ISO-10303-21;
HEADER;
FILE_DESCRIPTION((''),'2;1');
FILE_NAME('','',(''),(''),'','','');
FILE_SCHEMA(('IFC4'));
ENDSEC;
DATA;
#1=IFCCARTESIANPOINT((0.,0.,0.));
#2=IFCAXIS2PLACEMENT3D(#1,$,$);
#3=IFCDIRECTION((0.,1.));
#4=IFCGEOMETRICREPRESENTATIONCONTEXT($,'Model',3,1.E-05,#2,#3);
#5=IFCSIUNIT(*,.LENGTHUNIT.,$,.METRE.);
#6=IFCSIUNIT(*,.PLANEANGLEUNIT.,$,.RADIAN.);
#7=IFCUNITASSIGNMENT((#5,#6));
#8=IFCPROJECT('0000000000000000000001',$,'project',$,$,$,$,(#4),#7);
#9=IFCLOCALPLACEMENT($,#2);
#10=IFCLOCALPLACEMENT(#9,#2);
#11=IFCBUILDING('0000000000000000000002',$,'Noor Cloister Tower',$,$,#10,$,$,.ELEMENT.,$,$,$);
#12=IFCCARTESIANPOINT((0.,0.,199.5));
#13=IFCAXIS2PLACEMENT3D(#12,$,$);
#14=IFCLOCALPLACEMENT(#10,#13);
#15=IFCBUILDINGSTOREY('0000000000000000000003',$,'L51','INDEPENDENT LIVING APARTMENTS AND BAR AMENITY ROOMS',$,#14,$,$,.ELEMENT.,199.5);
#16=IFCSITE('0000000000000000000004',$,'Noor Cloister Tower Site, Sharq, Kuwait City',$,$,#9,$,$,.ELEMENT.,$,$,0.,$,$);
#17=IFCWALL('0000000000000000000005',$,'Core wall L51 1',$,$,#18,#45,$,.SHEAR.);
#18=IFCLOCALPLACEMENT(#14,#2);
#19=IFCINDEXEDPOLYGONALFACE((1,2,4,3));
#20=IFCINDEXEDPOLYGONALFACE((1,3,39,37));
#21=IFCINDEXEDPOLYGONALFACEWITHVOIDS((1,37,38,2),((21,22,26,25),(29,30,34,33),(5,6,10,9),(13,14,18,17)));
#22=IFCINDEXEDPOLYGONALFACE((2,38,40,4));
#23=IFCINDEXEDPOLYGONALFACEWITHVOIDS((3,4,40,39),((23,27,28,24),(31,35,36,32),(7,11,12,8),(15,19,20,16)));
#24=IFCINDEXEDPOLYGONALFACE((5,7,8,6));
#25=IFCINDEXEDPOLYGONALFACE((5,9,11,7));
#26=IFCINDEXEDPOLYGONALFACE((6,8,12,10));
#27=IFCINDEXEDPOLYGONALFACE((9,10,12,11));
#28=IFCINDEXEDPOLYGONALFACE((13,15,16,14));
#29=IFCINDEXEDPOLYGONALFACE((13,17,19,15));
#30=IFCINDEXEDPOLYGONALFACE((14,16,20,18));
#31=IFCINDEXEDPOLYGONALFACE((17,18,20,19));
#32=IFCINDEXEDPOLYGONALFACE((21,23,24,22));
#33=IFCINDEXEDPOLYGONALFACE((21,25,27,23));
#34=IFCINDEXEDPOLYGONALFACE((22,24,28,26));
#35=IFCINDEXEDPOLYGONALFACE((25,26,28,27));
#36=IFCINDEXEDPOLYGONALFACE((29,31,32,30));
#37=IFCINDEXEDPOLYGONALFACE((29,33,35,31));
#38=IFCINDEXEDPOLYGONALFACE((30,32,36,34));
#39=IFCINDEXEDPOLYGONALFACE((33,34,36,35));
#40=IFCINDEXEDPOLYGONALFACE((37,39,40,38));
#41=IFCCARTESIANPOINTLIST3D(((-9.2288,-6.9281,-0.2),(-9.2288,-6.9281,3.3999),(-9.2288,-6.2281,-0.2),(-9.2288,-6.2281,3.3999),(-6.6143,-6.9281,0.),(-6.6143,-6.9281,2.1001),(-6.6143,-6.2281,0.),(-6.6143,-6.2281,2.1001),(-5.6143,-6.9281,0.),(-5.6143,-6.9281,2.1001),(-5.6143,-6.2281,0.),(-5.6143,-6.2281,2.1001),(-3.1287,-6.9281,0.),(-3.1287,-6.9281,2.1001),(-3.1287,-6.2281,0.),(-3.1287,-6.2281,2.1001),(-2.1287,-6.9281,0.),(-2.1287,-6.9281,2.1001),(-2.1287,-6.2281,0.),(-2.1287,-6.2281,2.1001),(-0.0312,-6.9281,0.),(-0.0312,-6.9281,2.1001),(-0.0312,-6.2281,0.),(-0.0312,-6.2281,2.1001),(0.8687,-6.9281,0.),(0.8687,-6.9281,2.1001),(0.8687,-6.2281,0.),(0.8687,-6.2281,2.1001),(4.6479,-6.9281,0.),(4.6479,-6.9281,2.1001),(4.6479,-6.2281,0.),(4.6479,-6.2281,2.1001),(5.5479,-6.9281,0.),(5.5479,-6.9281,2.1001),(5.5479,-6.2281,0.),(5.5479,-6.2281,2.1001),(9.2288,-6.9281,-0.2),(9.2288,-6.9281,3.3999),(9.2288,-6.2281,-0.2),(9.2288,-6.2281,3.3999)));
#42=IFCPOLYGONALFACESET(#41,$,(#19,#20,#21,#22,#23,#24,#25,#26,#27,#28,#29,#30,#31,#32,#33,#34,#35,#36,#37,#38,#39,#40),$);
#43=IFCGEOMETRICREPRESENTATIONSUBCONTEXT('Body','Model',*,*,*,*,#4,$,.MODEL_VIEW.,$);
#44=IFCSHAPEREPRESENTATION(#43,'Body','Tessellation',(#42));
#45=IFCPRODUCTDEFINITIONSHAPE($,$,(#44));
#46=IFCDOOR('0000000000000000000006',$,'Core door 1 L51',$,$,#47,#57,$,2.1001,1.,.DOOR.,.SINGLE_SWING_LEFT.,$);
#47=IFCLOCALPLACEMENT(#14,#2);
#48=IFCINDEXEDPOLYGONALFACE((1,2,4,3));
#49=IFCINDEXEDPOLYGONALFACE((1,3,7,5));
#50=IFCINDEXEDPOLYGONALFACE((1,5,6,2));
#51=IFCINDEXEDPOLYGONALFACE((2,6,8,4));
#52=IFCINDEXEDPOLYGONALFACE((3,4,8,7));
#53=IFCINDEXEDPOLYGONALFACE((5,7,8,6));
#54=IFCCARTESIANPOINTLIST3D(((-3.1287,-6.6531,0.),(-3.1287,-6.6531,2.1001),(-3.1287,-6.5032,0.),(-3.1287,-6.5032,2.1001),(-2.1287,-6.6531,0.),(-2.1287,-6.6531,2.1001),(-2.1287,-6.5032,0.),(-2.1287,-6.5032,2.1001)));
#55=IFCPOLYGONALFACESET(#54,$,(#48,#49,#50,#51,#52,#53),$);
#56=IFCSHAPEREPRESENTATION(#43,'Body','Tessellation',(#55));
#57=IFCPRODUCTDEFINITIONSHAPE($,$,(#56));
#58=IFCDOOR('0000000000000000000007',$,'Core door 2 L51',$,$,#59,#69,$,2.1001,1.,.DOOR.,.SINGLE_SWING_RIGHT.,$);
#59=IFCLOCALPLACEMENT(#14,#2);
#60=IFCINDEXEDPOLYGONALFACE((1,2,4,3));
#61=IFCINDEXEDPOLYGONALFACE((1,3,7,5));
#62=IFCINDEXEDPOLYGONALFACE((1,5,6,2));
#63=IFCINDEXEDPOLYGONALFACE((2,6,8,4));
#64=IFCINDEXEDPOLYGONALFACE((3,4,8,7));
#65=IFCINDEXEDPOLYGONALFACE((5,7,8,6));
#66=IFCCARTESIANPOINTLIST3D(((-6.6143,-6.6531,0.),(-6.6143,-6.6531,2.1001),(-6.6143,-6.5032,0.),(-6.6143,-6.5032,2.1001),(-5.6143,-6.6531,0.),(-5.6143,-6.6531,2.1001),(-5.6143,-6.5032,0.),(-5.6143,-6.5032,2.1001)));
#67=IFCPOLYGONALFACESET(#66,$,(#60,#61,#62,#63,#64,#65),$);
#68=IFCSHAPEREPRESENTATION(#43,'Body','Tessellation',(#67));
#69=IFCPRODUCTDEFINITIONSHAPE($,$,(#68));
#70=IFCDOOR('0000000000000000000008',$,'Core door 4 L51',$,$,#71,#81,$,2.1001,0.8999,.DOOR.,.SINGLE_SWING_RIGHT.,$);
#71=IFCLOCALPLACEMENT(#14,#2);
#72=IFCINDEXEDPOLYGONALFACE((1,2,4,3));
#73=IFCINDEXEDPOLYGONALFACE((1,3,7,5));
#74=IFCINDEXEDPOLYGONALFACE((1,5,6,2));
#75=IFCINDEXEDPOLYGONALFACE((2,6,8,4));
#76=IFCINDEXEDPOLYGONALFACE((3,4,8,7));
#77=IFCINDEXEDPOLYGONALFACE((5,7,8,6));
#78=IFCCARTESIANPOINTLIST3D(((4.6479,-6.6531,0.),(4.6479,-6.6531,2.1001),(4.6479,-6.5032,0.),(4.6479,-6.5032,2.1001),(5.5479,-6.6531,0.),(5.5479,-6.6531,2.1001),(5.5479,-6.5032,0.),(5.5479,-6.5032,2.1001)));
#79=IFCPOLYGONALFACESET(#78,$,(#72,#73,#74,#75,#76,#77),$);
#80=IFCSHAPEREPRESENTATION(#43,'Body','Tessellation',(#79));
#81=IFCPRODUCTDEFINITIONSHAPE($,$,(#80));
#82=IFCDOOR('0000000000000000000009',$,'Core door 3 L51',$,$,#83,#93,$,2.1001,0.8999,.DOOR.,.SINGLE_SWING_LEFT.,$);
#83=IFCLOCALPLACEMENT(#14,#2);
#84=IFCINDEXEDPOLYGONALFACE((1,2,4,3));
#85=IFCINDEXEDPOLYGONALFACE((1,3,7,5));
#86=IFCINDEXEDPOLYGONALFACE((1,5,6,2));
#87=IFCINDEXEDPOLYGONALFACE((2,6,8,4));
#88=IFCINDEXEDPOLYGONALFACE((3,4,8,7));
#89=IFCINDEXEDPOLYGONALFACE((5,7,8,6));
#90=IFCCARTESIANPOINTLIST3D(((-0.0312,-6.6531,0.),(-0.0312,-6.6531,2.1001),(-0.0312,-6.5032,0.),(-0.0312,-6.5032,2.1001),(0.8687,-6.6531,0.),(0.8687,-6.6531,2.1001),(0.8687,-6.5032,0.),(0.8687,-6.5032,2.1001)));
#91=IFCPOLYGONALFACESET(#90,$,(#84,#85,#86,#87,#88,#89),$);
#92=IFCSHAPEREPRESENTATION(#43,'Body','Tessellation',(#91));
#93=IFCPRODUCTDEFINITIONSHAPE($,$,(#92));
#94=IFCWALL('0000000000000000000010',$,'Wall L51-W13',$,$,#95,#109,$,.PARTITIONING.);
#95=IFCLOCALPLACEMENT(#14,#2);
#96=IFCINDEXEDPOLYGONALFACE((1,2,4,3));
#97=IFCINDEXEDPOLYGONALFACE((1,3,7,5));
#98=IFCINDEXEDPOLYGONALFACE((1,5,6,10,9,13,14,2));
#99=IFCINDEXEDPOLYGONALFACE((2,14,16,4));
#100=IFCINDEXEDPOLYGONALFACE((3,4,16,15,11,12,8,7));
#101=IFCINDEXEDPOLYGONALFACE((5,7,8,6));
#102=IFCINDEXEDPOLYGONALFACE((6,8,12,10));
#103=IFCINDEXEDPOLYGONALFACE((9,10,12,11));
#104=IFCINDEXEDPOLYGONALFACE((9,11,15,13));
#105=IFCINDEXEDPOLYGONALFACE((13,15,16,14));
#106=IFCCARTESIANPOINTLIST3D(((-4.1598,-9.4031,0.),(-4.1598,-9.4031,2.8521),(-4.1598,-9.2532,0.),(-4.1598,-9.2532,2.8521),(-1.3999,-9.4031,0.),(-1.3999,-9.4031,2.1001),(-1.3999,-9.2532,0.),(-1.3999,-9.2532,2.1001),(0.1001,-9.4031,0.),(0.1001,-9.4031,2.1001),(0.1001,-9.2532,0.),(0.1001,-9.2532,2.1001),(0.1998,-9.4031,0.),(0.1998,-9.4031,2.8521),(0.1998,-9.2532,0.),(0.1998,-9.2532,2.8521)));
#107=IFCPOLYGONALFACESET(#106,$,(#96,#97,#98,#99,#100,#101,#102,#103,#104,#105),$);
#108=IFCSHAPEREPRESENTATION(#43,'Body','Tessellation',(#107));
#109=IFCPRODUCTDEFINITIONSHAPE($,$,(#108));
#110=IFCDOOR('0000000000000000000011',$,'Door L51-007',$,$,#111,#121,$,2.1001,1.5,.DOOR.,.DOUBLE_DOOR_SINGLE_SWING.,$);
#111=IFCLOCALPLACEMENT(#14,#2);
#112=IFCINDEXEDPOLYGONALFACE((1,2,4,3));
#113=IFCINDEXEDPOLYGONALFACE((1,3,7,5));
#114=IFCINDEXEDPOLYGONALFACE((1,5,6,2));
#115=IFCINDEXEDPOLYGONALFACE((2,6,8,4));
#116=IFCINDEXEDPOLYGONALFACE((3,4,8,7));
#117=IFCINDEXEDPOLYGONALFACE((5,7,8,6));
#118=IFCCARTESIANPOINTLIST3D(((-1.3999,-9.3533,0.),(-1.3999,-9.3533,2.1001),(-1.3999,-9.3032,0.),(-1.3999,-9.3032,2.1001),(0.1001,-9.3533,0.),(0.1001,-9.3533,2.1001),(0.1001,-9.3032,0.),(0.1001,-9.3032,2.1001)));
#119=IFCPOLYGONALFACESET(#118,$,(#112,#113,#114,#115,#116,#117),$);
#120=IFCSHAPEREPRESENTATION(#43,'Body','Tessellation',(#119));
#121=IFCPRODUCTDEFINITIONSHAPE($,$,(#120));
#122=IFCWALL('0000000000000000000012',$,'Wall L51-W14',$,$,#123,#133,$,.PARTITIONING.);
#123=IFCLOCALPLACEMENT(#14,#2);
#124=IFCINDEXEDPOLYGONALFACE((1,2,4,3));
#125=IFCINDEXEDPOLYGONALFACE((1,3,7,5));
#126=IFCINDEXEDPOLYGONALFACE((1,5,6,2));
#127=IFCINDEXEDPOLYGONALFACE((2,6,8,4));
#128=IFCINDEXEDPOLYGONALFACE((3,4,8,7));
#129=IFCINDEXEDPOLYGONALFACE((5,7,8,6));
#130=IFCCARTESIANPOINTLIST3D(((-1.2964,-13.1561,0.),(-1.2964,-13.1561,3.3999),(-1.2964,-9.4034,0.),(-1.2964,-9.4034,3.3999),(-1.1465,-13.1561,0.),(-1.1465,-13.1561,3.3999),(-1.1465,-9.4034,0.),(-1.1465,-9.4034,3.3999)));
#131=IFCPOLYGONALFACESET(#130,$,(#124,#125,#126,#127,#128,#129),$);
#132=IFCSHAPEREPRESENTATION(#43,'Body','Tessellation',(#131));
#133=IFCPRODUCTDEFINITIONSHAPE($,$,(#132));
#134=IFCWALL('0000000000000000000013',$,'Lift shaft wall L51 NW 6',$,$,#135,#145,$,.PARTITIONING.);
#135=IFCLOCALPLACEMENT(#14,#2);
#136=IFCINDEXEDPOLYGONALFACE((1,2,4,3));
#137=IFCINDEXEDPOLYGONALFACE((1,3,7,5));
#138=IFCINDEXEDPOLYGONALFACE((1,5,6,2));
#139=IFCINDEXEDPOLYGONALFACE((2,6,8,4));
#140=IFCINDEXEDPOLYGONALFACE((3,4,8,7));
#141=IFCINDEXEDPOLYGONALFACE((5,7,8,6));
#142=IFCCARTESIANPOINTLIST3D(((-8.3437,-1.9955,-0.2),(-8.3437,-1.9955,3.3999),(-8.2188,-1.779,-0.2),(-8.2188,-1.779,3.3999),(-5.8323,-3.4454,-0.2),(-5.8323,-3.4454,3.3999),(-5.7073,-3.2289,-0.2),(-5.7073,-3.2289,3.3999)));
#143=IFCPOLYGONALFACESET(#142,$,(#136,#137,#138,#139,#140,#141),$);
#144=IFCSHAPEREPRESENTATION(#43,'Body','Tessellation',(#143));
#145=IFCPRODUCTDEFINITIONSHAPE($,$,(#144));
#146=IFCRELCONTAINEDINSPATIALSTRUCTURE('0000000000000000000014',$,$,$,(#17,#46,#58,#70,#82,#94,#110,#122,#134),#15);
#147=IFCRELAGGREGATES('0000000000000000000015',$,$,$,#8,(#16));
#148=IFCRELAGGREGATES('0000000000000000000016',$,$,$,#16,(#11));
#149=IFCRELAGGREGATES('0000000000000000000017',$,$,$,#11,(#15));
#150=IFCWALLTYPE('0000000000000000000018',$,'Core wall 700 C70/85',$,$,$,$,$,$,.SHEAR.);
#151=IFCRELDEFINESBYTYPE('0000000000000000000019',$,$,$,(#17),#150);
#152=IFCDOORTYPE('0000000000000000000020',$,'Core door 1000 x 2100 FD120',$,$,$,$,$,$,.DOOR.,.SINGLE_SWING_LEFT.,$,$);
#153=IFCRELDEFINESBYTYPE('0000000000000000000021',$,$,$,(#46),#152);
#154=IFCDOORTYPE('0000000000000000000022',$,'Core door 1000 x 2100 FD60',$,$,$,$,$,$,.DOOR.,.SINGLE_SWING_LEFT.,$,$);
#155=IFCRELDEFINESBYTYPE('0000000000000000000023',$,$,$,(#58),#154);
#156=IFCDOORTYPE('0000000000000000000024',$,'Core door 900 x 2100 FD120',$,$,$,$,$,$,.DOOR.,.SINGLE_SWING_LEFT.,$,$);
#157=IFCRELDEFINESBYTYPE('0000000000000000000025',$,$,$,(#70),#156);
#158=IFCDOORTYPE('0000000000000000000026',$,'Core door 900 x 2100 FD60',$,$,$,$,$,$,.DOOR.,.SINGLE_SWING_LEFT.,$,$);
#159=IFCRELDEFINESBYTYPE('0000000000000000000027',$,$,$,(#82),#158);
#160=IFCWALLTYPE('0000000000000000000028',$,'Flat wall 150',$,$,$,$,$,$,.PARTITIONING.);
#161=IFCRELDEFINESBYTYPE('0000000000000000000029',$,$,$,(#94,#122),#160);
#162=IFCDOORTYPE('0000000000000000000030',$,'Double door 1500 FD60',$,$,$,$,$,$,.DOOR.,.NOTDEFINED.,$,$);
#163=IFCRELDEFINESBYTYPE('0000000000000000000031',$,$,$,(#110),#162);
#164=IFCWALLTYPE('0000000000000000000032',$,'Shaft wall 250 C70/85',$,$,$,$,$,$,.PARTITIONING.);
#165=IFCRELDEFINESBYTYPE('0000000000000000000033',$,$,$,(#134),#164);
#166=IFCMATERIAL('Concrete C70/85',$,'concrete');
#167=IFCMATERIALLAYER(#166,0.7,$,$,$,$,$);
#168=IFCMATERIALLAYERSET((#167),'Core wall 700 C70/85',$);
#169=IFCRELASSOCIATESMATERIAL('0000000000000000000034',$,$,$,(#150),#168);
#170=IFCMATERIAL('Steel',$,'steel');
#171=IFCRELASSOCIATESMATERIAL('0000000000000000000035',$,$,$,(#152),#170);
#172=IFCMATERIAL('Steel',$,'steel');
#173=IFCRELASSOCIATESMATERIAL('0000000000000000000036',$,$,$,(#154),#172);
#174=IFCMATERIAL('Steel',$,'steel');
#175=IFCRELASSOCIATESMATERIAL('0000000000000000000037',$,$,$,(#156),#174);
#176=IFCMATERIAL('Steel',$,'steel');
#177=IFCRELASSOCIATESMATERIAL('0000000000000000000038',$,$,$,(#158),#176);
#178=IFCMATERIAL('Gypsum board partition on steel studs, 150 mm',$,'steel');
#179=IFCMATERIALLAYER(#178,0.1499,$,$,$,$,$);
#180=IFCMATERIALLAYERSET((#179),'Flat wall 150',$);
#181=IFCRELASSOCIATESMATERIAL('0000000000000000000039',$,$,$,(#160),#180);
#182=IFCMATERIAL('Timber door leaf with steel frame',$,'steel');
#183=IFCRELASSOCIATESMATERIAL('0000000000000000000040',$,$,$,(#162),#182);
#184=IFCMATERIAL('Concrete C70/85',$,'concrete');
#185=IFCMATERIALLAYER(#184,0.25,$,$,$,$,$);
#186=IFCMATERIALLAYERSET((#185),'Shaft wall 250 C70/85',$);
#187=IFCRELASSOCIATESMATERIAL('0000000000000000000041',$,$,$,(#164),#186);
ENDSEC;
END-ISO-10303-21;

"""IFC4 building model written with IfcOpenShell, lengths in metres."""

from ifc_helpers import new_model, si_unit, direction, frame, frame_2d, origin, place, context, subcontext, project, spatial, rectangle, extrude, material, layer, layer_set, type_object, element, fill, save


model = new_model("IFC4")

# Units and contexts
model_context = context("Model", 3, precision=1e-05, world=origin(), true_north=direction((0.0, 1.0)))
body_context = subcontext(model_context, "Body", "Model", "MODEL_VIEW")
ifc_project = project(units=[si_unit("LENGTHUNIT", "METRE"), si_unit("PLANEANGLEUNIT", "RADIAN")], contexts=[model_context])

# Site, building, storey
site_placement = place(None, origin())
site = spatial("IfcSite", under=ifc_project, at=site_placement, Name="Noor Cloister Tower Site, Sharq, Kuwait City", CompositionType="ELEMENT", RefElevation=0.0)
building_placement = place(site_placement, origin())
building = spatial("IfcBuilding", under=site, at=building_placement, Name="Noor Cloister Tower", CompositionType="ELEMENT")
storey_placement = place(building_placement, frame((0.0, 0.0, 199.5)))
storey = spatial("IfcBuildingStorey", under=building, at=storey_placement, Name="L51", Description="INDEPENDENT LIVING APARTMENTS AND BAR AMENITY ROOMS", CompositionType="ELEMENT", Elevation=199.5)

# Wall, openings, doors
ifc_material_1 = material(Name="Concrete C70/85", Category="concrete")
ifc_layer_1 = layer(ifc_material_1, 0.7)
ifc_layer_set_1 = layer_set([ifc_layer_1], Name="Core wall 700 C70/85")
wall_type_1 = type_object("IfcWallType", Name="Core wall 700 C70/85", PredefinedType="SHEAR", material=ifc_layer_set_1)
wall_1_placement = place(storey_placement, frame((-9.2288, -6.5781, -0.2), z_axis=(0.0, 0.0, 1.0), x_axis=(1.0, 0.0, 0.0)))
wall_1 = element("IfcWall", 1, at=wall_1_placement, inside=storey, type_object=wall_type_1, Name="Core wall L51 1", PredefinedType="SHEAR", context=body_context, shape_type="SweptSolid", body=[
    extrude(rectangle(XDim=18.4575, YDim=0.7, at=frame_2d((9.2288, 0.0))), origin(), (0.0, 0.0, 1.0), 3.5999),
])
opening_1_placement = place(wall_1_placement, frame((6.1001, 0.0, 0.2)))
opening_1 = element("IfcOpeningElement", 2, at=opening_1_placement, cuts=wall_1, PredefinedType="OPENING", context=body_context, shape_type="SweptSolid", body=[
    extrude(rectangle(XDim=1.0, YDim=2.1001, at=frame_2d((0.5, 1.05))), frame((0.0, 0.3599, 0.0), z_axis=(0.0, -1.0, 0.0), x_axis=(1.0, 0.0, 0.0)), (0.0, 0.0, 1.0), 0.72),
])
opening_2_placement = place(wall_1_placement, frame((2.6145, 0.0, 0.2)))
opening_2 = element("IfcOpeningElement", 3, at=opening_2_placement, cuts=wall_1, PredefinedType="OPENING", context=body_context, shape_type="SweptSolid", body=[
    extrude(rectangle(XDim=1.0, YDim=2.1001, at=frame_2d((0.5, 1.05))), frame((0.0, 0.3599, 0.0), z_axis=(0.0, -1.0, 0.0), x_axis=(1.0, 0.0, 0.0)), (0.0, 0.0, 1.0), 0.72),
])
opening_3_placement = place(wall_1_placement, frame((9.1975, 0.0, 0.2)))
opening_3 = element("IfcOpeningElement", 4, at=opening_3_placement, cuts=wall_1, PredefinedType="OPENING", context=body_context, shape_type="SweptSolid", body=[
    extrude(rectangle(XDim=0.8999, YDim=2.1001, at=frame_2d((0.45, 1.05))), frame((0.0, 0.3599, 0.0), z_axis=(0.0, -1.0, 0.0), x_axis=(1.0, 0.0, 0.0)), (0.0, 0.0, 1.0), 0.72),
])
opening_4_placement = place(wall_1_placement, frame((13.8767, 0.0, 0.2)))
opening_4 = element("IfcOpeningElement", 5, at=opening_4_placement, cuts=wall_1, PredefinedType="OPENING", context=body_context, shape_type="SweptSolid", body=[
    extrude(rectangle(XDim=0.8999, YDim=2.1001, at=frame_2d((0.45, 1.05))), frame((0.0, 0.3599, 0.0), z_axis=(0.0, -1.0, 0.0), x_axis=(1.0, 0.0, 0.0)), (0.0, 0.0, 1.0), 0.72),
])
ifc_material_2 = material(Name="Steel", Category="steel")
door_type_1 = type_object("IfcDoorType", Name="Core door 1000 x 2100 FD120", OperationType="SINGLE_SWING_LEFT", PredefinedType="DOOR", material=ifc_material_2)
door_1_placement = place(opening_1_placement, origin())
door_1 = element("IfcDoor", 6, at=door_1_placement, inside=storey, type_object=door_type_1, Name="Core door 1 L51", OperationType="SINGLE_SWING_LEFT", OverallHeight=2.1001, OverallWidth=1.0, PredefinedType="DOOR", context=body_context, shape_type="SweptSolid", body=[
    extrude(rectangle(XDim=1.0, YDim=2.1001, at=frame_2d((0.5, 1.05))), frame((0.0, 0.075, 0.0), z_axis=(0.0, -1.0, 0.0), x_axis=(1.0, 0.0, 0.0)), (0.0, 0.0, 1.0), 0.1499),
])
fill(opening_1, door_1)
ifc_material_3 = material(Name="Steel", Category="steel")
door_type_2 = type_object("IfcDoorType", Name="Core door 1000 x 2100 FD60", OperationType="SINGLE_SWING_LEFT", PredefinedType="DOOR", material=ifc_material_3)
door_2_placement = place(opening_2_placement, origin())
door_2 = element("IfcDoor", 7, at=door_2_placement, inside=storey, type_object=door_type_2, Name="Core door 2 L51", OperationType="SINGLE_SWING_RIGHT", OverallHeight=2.1001, OverallWidth=1.0, PredefinedType="DOOR", context=body_context, shape_type="SweptSolid", body=[
    extrude(rectangle(XDim=1.0, YDim=2.1001, at=frame_2d((0.5, 1.05))), frame((0.0, 0.075, 0.0), z_axis=(0.0, -1.0, 0.0), x_axis=(1.0, 0.0, 0.0)), (0.0, 0.0, 1.0), 0.1499),
])
fill(opening_2, door_2)
ifc_material_4 = material(Name="Steel", Category="steel")
door_type_3 = type_object("IfcDoorType", Name="Core door 900 x 2100 FD120", OperationType="SINGLE_SWING_LEFT", PredefinedType="DOOR", material=ifc_material_4)
door_3_placement = place(opening_4_placement, origin())
door_3 = element("IfcDoor", 8, at=door_3_placement, inside=storey, type_object=door_type_3, Name="Core door 4 L51", OperationType="SINGLE_SWING_RIGHT", OverallHeight=2.1001, OverallWidth=0.8999, PredefinedType="DOOR", context=body_context, shape_type="SweptSolid", body=[
    extrude(rectangle(XDim=0.8999, YDim=2.1001, at=frame_2d((0.45, 1.05))), frame((0.0, 0.075, 0.0), z_axis=(0.0, -1.0, 0.0), x_axis=(1.0, 0.0, 0.0)), (0.0, 0.0, 1.0), 0.1499),
])
fill(opening_4, door_3)
ifc_material_5 = material(Name="Steel", Category="steel")
door_type_4 = type_object("IfcDoorType", Name="Core door 900 x 2100 FD60", OperationType="SINGLE_SWING_LEFT", PredefinedType="DOOR", material=ifc_material_5)
door_4_placement = place(opening_3_placement, origin())
door_4 = element("IfcDoor", 9, at=door_4_placement, inside=storey, type_object=door_type_4, Name="Core door 3 L51", OperationType="SINGLE_SWING_LEFT", OverallHeight=2.1001, OverallWidth=0.8999, PredefinedType="DOOR", context=body_context, shape_type="SweptSolid", body=[
    extrude(rectangle(XDim=0.8999, YDim=2.1001, at=frame_2d((0.45, 1.05))), frame((0.0, 0.075, 0.0), z_axis=(0.0, -1.0, 0.0), x_axis=(1.0, 0.0, 0.0)), (0.0, 0.0, 1.0), 0.1499),
])
fill(opening_3, door_4)

# Wall, opening, door
ifc_material_6 = material(Name="Gypsum board partition on steel studs, 150 mm", Category="steel")
ifc_layer_2 = layer(ifc_material_6, 0.1499)
ifc_layer_set_2 = layer_set([ifc_layer_2], Name="Flat wall 150")
wall_type_2 = type_object("IfcWallType", Name="Flat wall 150", PredefinedType="PARTITIONING", material=ifc_layer_set_2)
wall_2_placement = place(storey_placement, frame((-4.1597, -9.3281, 0.0), z_axis=(0.0, 0.0, 1.0), x_axis=(1.0, 0.0, 0.0)))
wall_2 = element("IfcWall", 10, at=wall_2_placement, inside=storey, type_object=wall_type_2, Name="Wall L51-W13", PredefinedType="PARTITIONING", context=body_context, shape_type="SweptSolid", body=[
    extrude(rectangle(XDim=4.3596, YDim=0.1499, at=frame_2d((2.1797, 0.0))), origin(), (0.0, 0.0, 1.0), 2.8521),
])
opening_5_placement = place(wall_2_placement, frame((2.7598, 0.0, 0.0)))
opening_5 = element("IfcOpeningElement", 11, at=opening_5_placement, cuts=wall_2, PredefinedType="OPENING", context=body_context, shape_type="SweptSolid", body=[
    extrude(rectangle(XDim=1.5, YDim=2.1001, at=frame_2d((0.75, 1.05))), frame((0.0, 0.085, 0.0), z_axis=(0.0, -1.0, 0.0), x_axis=(1.0, 0.0, 0.0)), (0.0, 0.0, 1.0), 0.1699),
])
ifc_material_7 = material(Name="Timber door leaf with steel frame", Category="steel")
door_type_5 = type_object("IfcDoorType", Name="Double door 1500 FD60", OperationType="NOTDEFINED", PredefinedType="DOOR", material=ifc_material_7)
door_5_placement = place(opening_5_placement, origin())
door_5 = element("IfcDoor", 12, at=door_5_placement, inside=storey, type_object=door_type_5, Name="Door L51-007", OperationType="DOUBLE_DOOR_SINGLE_SWING", OverallHeight=2.1001, OverallWidth=1.5, PredefinedType="DOOR", context=body_context, shape_type="SweptSolid", body=[
    extrude(rectangle(XDim=1.5, YDim=2.1001, at=frame_2d((0.75, 1.05))), frame((0.0, 0.0249, 0.0), z_axis=(0.0, -1.0, 0.0), x_axis=(1.0, 0.0, 0.0)), (0.0, 0.0, 1.0), 0.05),
])
fill(opening_5, door_5)

# Walls
wall_3_placement = place(storey_placement, frame((-1.2214, -9.4033, 0.0), z_axis=(0.0, 0.0, 1.0), x_axis=(0.0, -1.0, 0.0)))
element("IfcWall", 13, at=wall_3_placement, inside=storey, type_object=wall_type_2, Name="Wall L51-W14", PredefinedType="PARTITIONING", context=body_context, shape_type="SweptSolid", body=[
    extrude(rectangle(XDim=3.7527, YDim=0.1499, at=frame_2d((1.8765, 0.0))), origin(), (0.0, 0.0, 1.0), 3.3999),
])
ifc_material_8 = material(Name="Concrete C70/85", Category="concrete")
ifc_layer_3 = layer(ifc_material_8, 0.25)
ifc_layer_set_3 = layer_set([ifc_layer_3], Name="Shaft wall 250 C70/85")
wall_type_3 = type_object("IfcWallType", Name="Shaft wall 250 C70/85", PredefinedType="PARTITIONING", material=ifc_layer_set_3)
wall_4_placement = place(storey_placement, frame((-8.2812, -1.8872, -0.2), z_axis=(0.0, 0.0, 1.0), x_axis=(0.866033, -0.499987, 0.0)))
element("IfcWall", 14, at=wall_4_placement, inside=storey, type_object=wall_type_3, Name="Lift shaft wall L51 NW 6", PredefinedType="PARTITIONING", context=body_context, shape_type="SweptSolid", body=[
    extrude(rectangle(XDim=2.8999, YDim=0.25, at=frame_2d((1.45, 0.0))), origin(), (0.0, 0.0, 1.0), 3.5999),
])

save(model, "model.ifc")
